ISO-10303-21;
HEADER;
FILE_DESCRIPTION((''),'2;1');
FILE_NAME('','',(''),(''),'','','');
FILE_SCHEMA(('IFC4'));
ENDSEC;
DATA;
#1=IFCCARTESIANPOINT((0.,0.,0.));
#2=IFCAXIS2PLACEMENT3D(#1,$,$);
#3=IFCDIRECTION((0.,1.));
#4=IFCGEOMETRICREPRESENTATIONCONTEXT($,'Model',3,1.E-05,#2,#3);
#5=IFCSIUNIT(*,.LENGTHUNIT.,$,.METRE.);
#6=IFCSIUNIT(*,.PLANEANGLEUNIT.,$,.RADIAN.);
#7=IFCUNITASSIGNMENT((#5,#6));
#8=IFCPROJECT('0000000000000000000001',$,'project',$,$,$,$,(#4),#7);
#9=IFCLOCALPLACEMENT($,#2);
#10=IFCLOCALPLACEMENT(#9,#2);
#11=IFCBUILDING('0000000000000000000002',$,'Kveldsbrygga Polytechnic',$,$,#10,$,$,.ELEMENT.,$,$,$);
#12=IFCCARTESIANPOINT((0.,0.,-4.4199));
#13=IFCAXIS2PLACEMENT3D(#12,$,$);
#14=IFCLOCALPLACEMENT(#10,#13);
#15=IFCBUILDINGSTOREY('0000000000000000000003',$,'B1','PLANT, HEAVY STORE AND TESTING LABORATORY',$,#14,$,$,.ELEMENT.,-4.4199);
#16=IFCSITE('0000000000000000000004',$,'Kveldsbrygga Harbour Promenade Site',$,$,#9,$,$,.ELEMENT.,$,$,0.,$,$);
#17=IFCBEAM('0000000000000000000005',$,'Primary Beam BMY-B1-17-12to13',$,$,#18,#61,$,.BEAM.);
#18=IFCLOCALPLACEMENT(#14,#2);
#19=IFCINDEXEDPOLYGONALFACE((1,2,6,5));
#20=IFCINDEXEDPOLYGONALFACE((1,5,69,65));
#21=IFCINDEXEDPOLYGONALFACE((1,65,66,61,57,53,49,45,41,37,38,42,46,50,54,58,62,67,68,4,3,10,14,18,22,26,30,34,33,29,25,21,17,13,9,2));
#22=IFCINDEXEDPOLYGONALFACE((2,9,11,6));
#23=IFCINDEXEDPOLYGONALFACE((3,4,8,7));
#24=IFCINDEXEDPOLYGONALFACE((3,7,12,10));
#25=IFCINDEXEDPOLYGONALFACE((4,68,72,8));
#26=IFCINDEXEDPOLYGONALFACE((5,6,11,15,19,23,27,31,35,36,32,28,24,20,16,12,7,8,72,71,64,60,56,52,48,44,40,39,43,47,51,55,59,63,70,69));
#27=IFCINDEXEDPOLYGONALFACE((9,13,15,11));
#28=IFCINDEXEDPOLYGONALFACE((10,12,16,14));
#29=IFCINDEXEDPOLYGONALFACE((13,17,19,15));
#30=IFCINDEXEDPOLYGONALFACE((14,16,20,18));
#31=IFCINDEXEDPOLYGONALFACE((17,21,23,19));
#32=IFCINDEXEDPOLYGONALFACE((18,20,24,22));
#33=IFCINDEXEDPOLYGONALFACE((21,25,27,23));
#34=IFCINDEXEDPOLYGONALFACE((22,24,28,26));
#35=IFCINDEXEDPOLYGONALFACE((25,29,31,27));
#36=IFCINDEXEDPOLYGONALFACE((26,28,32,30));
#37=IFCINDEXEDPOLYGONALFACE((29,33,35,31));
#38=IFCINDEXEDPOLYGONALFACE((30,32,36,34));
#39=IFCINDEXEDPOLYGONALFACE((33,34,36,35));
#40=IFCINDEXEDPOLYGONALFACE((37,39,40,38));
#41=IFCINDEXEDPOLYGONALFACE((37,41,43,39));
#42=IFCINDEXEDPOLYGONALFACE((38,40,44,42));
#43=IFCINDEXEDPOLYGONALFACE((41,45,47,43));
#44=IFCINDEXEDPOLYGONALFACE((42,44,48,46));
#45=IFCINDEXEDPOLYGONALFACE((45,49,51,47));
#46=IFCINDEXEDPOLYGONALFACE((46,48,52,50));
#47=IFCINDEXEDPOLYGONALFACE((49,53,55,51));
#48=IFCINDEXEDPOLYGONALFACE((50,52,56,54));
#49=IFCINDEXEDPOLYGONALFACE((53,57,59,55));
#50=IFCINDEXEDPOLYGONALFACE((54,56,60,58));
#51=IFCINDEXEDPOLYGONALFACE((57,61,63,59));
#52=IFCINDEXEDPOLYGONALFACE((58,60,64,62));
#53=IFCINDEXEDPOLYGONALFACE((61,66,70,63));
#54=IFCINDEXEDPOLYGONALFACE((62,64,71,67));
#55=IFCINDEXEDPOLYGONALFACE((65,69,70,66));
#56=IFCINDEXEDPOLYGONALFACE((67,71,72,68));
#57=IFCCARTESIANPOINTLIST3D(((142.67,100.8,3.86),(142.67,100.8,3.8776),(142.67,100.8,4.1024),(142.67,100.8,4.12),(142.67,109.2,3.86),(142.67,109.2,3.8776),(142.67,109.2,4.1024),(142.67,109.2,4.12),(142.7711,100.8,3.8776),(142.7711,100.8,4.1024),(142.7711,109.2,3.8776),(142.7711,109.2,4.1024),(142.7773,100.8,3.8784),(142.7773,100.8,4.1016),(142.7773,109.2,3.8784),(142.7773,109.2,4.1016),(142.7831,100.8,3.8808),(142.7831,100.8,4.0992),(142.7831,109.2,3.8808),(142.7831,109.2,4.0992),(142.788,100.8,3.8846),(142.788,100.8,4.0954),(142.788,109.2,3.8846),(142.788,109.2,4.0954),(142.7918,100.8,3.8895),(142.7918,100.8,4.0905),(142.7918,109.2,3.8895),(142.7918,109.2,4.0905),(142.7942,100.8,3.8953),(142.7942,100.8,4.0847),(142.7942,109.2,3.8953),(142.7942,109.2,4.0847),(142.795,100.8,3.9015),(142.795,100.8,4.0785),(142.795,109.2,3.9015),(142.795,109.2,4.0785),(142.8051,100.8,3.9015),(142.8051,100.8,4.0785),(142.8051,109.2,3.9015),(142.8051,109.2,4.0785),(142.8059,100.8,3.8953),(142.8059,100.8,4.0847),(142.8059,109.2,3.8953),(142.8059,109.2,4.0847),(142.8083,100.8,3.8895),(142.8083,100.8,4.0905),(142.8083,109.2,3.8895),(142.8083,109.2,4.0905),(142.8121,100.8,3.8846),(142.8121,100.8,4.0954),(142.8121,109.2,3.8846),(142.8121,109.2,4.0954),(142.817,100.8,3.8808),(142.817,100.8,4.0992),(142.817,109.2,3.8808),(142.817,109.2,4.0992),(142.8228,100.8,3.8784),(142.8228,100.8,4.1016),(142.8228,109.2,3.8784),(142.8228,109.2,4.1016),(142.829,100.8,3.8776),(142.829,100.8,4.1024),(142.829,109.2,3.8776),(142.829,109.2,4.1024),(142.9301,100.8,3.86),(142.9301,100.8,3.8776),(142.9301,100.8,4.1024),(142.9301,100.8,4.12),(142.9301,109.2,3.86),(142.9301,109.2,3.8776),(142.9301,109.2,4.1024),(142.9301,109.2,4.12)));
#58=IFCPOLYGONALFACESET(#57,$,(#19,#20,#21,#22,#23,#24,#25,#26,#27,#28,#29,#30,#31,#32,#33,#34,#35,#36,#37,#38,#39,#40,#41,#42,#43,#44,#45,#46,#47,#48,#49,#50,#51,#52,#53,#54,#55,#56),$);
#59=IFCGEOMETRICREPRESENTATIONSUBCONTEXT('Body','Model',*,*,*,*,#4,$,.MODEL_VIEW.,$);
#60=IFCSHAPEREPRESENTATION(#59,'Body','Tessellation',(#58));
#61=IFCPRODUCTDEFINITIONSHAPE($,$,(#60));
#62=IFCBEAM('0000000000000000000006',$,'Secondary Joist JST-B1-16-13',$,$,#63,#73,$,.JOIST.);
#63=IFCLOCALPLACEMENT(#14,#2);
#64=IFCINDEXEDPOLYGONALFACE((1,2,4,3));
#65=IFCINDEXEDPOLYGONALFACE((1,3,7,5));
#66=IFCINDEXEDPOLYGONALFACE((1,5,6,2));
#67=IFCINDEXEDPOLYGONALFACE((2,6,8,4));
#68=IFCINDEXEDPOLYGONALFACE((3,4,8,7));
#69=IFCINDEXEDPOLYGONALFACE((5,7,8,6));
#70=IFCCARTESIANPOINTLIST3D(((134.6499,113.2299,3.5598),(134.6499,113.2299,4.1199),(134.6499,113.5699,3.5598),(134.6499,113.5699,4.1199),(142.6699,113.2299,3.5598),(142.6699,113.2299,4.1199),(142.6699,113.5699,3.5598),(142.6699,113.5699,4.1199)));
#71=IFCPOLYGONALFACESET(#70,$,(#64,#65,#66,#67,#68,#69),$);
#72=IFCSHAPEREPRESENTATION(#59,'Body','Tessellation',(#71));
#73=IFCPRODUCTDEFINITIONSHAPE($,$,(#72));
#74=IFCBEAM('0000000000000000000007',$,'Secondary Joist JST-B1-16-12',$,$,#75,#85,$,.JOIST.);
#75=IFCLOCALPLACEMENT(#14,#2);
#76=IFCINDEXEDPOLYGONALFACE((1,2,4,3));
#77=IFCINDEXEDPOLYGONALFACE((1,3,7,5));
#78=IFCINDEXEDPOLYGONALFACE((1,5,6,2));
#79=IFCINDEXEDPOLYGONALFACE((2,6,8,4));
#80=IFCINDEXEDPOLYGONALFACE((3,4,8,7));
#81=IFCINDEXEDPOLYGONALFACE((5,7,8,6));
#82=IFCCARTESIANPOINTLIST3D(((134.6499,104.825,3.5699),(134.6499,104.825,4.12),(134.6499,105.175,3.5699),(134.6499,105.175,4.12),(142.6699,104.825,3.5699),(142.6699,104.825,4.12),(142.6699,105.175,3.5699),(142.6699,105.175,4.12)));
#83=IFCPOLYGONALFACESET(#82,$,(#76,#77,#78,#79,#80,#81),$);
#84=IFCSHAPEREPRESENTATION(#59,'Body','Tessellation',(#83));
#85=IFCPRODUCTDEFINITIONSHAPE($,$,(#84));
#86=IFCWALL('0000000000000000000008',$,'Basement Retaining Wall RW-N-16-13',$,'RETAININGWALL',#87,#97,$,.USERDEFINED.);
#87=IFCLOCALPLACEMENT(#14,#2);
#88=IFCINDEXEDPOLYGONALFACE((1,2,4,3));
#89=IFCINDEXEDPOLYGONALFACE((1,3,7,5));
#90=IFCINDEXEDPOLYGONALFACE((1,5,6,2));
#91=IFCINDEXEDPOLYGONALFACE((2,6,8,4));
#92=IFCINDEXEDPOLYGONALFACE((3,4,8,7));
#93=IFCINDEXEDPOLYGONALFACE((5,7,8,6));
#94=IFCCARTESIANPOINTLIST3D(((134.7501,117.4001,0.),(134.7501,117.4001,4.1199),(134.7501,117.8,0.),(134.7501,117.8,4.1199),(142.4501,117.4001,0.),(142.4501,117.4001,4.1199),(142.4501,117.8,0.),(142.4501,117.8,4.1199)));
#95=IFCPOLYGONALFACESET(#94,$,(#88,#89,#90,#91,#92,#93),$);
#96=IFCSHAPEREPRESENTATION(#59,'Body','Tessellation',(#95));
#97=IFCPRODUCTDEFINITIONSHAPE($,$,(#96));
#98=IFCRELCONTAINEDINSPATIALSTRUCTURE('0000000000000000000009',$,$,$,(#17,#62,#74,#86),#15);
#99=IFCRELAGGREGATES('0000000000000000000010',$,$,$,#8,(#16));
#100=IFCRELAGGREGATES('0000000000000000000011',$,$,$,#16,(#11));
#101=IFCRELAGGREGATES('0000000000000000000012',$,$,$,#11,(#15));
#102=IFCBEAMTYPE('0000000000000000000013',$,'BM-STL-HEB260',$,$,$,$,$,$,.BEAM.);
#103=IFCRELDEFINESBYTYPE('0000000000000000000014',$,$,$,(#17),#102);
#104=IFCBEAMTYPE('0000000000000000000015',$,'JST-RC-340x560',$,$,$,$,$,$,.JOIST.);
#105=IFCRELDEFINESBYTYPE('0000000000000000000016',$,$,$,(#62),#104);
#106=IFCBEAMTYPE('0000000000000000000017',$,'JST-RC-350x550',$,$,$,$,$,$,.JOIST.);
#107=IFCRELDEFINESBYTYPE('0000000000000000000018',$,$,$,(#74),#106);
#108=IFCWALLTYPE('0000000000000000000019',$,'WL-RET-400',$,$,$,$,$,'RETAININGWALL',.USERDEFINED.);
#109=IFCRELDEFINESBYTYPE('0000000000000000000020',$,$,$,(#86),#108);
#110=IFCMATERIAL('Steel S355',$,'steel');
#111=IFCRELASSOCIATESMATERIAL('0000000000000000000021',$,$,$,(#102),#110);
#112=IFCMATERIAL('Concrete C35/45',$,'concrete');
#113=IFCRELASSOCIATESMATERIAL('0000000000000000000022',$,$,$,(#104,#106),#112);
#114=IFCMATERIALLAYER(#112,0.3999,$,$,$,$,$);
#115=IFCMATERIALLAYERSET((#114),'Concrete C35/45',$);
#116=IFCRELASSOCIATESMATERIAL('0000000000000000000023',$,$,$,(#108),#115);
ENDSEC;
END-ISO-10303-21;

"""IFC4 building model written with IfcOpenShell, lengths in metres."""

from ifc_helpers import new_model, si_unit, direction, frame, frame_2d, origin, origin_2d, place, context, subcontext, project, spatial, rectangle, i_section, extrude, material, layer, layer_set, material_profile, profile_set, type_object, element, save


model = new_model("IFC4")

# Units and contexts
model_context = context("Model", 3, precision=1e-05, world=origin(), true_north=direction((0.0, 1.0)))
body_context = subcontext(model_context, "Body", "Model", "MODEL_VIEW")
ifc_project = project(units=[si_unit("LENGTHUNIT", "METRE"), si_unit("PLANEANGLEUNIT", "RADIAN")], contexts=[model_context])

# Site, building, storey
site_placement = place(None, origin())
site = spatial("IfcSite", under=ifc_project, at=site_placement, Name="Kveldsbrygga Harbour Promenade Site", CompositionType="ELEMENT", RefElevation=0.0)
building_placement = place(site_placement, origin())
building = spatial("IfcBuilding", under=site, at=building_placement, Name="Kveldsbrygga Polytechnic", CompositionType="ELEMENT")
storey_placement = place(building_placement, frame((0.0, 0.0, -4.4199)))
storey = spatial("IfcBuildingStorey", under=building, at=storey_placement, Name="B1", Description="PLANT, HEAVY STORE AND TESTING LABORATORY", CompositionType="ELEMENT", Elevation=-4.4199)

# Beams
ifc_material_1 = material(Name="Concrete C35/45", Category="concrete")
ifc_material_2 = material(Name="Steel S355", Category="steel")
ifc_material_profile_1 = material_profile(ifc_material_2, i_section(OverallWidth=0.26, OverallDepth=0.26, WebThickness=0.01, FlangeThickness=0.0176, FilletRadius=0.0239, at=origin_2d()), Name="HEB 260")
ifc_profile_set_1 = profile_set([ifc_material_profile_1], Name="Steel S355")
beam_type_1 = type_object("IfcBeamType", Name="BM-STL-HEB260", PredefinedType="BEAM", material=ifc_profile_set_1)
beam_1_placement = place(storey_placement, frame((142.8, 100.8, 3.99), z_axis=(0.0, 1.0, 0.0), x_axis=(-1.0, 0.0, 0.0)))
element("IfcBeam", 1, at=beam_1_placement, inside=storey, type_object=beam_type_1, Name="Primary Beam BMY-B1-17-12to13", PredefinedType="BEAM", context=body_context, shape_type="SweptSolid", body=[
    extrude(i_section(OverallWidth=0.26, OverallDepth=0.26, WebThickness=0.01, FlangeThickness=0.0176, FilletRadius=0.0239, at=origin_2d()), origin(), (0.0, 0.0, 1.0), 8.3999),
])
ifc_material_profile_2 = material_profile(ifc_material_1, rectangle(XDim=0.3401, YDim=0.5601, at=origin_2d()), Name="RC 340x560")
ifc_profile_set_2 = profile_set([ifc_material_profile_2], Name="Concrete C35/45")
beam_type_2 = type_object("IfcBeamType", Name="JST-RC-340x560", PredefinedType="JOIST", material=ifc_profile_set_2)
beam_2_placement = place(storey_placement, frame((134.6499, 113.3999, 3.8398), z_axis=(1.0, 0.0, 0.0), x_axis=(0.0, 1.0, 0.0)))
element("IfcBeam", 2, at=beam_2_placement, inside=storey, type_object=beam_type_2, Name="Secondary Joist JST-B1-16-13", PredefinedType="JOIST", context=body_context, shape_type="SweptSolid", body=[
    extrude(rectangle(XDim=0.3401, YDim=0.5601, at=origin_2d()), origin(), (0.0, 0.0, 1.0), 8.02),
])
ifc_material_profile_3 = material_profile(ifc_material_1, rectangle(XDim=0.3501, YDim=0.55, at=origin_2d()), Name="RC 350x550")
ifc_profile_set_3 = profile_set([ifc_material_profile_3], Name="Concrete C35/45")
beam_type_3 = type_object("IfcBeamType", Name="JST-RC-350x550", PredefinedType="JOIST", material=ifc_profile_set_3)
beam_3_placement = place(storey_placement, frame((134.6499, 105.0, 3.845), z_axis=(1.0, 0.0, 0.0), x_axis=(0.0, 1.0, 0.0)))
element("IfcBeam", 3, at=beam_3_placement, inside=storey, type_object=beam_type_3, Name="Secondary Joist JST-B1-16-12", PredefinedType="JOIST", context=body_context, shape_type="SweptSolid", body=[
    extrude(rectangle(XDim=0.3501, YDim=0.55, at=origin_2d()), origin(), (0.0, 0.0, 1.0), 8.02),
])

# Wall
ifc_layer = layer(ifc_material_1, 0.3999)
ifc_layer_set = layer_set([ifc_layer], Name="Concrete C35/45")
wall_type = type_object("IfcWallType", Name="WL-RET-400", ElementType="RETAININGWALL", PredefinedType="USERDEFINED", material=ifc_layer_set)
wall_placement = place(storey_placement, frame((134.75, 117.6001, 0.0), z_axis=(0.0, 0.0, 1.0), x_axis=(1.0, 0.0, 0.0)))
element("IfcWall", 4, at=wall_placement, inside=storey, type_object=wall_type, Name="Basement Retaining Wall RW-N-16-13", ObjectType="RETAININGWALL", PredefinedType="USERDEFINED", context=body_context, shape_type="SweptSolid", body=[
    extrude(rectangle(XDim=7.7, YDim=0.3999, at=frame_2d((3.8501, 0.0))), origin(), (0.0, 0.0, 1.0), 4.1199),
])

save(model, "model.ifc")
